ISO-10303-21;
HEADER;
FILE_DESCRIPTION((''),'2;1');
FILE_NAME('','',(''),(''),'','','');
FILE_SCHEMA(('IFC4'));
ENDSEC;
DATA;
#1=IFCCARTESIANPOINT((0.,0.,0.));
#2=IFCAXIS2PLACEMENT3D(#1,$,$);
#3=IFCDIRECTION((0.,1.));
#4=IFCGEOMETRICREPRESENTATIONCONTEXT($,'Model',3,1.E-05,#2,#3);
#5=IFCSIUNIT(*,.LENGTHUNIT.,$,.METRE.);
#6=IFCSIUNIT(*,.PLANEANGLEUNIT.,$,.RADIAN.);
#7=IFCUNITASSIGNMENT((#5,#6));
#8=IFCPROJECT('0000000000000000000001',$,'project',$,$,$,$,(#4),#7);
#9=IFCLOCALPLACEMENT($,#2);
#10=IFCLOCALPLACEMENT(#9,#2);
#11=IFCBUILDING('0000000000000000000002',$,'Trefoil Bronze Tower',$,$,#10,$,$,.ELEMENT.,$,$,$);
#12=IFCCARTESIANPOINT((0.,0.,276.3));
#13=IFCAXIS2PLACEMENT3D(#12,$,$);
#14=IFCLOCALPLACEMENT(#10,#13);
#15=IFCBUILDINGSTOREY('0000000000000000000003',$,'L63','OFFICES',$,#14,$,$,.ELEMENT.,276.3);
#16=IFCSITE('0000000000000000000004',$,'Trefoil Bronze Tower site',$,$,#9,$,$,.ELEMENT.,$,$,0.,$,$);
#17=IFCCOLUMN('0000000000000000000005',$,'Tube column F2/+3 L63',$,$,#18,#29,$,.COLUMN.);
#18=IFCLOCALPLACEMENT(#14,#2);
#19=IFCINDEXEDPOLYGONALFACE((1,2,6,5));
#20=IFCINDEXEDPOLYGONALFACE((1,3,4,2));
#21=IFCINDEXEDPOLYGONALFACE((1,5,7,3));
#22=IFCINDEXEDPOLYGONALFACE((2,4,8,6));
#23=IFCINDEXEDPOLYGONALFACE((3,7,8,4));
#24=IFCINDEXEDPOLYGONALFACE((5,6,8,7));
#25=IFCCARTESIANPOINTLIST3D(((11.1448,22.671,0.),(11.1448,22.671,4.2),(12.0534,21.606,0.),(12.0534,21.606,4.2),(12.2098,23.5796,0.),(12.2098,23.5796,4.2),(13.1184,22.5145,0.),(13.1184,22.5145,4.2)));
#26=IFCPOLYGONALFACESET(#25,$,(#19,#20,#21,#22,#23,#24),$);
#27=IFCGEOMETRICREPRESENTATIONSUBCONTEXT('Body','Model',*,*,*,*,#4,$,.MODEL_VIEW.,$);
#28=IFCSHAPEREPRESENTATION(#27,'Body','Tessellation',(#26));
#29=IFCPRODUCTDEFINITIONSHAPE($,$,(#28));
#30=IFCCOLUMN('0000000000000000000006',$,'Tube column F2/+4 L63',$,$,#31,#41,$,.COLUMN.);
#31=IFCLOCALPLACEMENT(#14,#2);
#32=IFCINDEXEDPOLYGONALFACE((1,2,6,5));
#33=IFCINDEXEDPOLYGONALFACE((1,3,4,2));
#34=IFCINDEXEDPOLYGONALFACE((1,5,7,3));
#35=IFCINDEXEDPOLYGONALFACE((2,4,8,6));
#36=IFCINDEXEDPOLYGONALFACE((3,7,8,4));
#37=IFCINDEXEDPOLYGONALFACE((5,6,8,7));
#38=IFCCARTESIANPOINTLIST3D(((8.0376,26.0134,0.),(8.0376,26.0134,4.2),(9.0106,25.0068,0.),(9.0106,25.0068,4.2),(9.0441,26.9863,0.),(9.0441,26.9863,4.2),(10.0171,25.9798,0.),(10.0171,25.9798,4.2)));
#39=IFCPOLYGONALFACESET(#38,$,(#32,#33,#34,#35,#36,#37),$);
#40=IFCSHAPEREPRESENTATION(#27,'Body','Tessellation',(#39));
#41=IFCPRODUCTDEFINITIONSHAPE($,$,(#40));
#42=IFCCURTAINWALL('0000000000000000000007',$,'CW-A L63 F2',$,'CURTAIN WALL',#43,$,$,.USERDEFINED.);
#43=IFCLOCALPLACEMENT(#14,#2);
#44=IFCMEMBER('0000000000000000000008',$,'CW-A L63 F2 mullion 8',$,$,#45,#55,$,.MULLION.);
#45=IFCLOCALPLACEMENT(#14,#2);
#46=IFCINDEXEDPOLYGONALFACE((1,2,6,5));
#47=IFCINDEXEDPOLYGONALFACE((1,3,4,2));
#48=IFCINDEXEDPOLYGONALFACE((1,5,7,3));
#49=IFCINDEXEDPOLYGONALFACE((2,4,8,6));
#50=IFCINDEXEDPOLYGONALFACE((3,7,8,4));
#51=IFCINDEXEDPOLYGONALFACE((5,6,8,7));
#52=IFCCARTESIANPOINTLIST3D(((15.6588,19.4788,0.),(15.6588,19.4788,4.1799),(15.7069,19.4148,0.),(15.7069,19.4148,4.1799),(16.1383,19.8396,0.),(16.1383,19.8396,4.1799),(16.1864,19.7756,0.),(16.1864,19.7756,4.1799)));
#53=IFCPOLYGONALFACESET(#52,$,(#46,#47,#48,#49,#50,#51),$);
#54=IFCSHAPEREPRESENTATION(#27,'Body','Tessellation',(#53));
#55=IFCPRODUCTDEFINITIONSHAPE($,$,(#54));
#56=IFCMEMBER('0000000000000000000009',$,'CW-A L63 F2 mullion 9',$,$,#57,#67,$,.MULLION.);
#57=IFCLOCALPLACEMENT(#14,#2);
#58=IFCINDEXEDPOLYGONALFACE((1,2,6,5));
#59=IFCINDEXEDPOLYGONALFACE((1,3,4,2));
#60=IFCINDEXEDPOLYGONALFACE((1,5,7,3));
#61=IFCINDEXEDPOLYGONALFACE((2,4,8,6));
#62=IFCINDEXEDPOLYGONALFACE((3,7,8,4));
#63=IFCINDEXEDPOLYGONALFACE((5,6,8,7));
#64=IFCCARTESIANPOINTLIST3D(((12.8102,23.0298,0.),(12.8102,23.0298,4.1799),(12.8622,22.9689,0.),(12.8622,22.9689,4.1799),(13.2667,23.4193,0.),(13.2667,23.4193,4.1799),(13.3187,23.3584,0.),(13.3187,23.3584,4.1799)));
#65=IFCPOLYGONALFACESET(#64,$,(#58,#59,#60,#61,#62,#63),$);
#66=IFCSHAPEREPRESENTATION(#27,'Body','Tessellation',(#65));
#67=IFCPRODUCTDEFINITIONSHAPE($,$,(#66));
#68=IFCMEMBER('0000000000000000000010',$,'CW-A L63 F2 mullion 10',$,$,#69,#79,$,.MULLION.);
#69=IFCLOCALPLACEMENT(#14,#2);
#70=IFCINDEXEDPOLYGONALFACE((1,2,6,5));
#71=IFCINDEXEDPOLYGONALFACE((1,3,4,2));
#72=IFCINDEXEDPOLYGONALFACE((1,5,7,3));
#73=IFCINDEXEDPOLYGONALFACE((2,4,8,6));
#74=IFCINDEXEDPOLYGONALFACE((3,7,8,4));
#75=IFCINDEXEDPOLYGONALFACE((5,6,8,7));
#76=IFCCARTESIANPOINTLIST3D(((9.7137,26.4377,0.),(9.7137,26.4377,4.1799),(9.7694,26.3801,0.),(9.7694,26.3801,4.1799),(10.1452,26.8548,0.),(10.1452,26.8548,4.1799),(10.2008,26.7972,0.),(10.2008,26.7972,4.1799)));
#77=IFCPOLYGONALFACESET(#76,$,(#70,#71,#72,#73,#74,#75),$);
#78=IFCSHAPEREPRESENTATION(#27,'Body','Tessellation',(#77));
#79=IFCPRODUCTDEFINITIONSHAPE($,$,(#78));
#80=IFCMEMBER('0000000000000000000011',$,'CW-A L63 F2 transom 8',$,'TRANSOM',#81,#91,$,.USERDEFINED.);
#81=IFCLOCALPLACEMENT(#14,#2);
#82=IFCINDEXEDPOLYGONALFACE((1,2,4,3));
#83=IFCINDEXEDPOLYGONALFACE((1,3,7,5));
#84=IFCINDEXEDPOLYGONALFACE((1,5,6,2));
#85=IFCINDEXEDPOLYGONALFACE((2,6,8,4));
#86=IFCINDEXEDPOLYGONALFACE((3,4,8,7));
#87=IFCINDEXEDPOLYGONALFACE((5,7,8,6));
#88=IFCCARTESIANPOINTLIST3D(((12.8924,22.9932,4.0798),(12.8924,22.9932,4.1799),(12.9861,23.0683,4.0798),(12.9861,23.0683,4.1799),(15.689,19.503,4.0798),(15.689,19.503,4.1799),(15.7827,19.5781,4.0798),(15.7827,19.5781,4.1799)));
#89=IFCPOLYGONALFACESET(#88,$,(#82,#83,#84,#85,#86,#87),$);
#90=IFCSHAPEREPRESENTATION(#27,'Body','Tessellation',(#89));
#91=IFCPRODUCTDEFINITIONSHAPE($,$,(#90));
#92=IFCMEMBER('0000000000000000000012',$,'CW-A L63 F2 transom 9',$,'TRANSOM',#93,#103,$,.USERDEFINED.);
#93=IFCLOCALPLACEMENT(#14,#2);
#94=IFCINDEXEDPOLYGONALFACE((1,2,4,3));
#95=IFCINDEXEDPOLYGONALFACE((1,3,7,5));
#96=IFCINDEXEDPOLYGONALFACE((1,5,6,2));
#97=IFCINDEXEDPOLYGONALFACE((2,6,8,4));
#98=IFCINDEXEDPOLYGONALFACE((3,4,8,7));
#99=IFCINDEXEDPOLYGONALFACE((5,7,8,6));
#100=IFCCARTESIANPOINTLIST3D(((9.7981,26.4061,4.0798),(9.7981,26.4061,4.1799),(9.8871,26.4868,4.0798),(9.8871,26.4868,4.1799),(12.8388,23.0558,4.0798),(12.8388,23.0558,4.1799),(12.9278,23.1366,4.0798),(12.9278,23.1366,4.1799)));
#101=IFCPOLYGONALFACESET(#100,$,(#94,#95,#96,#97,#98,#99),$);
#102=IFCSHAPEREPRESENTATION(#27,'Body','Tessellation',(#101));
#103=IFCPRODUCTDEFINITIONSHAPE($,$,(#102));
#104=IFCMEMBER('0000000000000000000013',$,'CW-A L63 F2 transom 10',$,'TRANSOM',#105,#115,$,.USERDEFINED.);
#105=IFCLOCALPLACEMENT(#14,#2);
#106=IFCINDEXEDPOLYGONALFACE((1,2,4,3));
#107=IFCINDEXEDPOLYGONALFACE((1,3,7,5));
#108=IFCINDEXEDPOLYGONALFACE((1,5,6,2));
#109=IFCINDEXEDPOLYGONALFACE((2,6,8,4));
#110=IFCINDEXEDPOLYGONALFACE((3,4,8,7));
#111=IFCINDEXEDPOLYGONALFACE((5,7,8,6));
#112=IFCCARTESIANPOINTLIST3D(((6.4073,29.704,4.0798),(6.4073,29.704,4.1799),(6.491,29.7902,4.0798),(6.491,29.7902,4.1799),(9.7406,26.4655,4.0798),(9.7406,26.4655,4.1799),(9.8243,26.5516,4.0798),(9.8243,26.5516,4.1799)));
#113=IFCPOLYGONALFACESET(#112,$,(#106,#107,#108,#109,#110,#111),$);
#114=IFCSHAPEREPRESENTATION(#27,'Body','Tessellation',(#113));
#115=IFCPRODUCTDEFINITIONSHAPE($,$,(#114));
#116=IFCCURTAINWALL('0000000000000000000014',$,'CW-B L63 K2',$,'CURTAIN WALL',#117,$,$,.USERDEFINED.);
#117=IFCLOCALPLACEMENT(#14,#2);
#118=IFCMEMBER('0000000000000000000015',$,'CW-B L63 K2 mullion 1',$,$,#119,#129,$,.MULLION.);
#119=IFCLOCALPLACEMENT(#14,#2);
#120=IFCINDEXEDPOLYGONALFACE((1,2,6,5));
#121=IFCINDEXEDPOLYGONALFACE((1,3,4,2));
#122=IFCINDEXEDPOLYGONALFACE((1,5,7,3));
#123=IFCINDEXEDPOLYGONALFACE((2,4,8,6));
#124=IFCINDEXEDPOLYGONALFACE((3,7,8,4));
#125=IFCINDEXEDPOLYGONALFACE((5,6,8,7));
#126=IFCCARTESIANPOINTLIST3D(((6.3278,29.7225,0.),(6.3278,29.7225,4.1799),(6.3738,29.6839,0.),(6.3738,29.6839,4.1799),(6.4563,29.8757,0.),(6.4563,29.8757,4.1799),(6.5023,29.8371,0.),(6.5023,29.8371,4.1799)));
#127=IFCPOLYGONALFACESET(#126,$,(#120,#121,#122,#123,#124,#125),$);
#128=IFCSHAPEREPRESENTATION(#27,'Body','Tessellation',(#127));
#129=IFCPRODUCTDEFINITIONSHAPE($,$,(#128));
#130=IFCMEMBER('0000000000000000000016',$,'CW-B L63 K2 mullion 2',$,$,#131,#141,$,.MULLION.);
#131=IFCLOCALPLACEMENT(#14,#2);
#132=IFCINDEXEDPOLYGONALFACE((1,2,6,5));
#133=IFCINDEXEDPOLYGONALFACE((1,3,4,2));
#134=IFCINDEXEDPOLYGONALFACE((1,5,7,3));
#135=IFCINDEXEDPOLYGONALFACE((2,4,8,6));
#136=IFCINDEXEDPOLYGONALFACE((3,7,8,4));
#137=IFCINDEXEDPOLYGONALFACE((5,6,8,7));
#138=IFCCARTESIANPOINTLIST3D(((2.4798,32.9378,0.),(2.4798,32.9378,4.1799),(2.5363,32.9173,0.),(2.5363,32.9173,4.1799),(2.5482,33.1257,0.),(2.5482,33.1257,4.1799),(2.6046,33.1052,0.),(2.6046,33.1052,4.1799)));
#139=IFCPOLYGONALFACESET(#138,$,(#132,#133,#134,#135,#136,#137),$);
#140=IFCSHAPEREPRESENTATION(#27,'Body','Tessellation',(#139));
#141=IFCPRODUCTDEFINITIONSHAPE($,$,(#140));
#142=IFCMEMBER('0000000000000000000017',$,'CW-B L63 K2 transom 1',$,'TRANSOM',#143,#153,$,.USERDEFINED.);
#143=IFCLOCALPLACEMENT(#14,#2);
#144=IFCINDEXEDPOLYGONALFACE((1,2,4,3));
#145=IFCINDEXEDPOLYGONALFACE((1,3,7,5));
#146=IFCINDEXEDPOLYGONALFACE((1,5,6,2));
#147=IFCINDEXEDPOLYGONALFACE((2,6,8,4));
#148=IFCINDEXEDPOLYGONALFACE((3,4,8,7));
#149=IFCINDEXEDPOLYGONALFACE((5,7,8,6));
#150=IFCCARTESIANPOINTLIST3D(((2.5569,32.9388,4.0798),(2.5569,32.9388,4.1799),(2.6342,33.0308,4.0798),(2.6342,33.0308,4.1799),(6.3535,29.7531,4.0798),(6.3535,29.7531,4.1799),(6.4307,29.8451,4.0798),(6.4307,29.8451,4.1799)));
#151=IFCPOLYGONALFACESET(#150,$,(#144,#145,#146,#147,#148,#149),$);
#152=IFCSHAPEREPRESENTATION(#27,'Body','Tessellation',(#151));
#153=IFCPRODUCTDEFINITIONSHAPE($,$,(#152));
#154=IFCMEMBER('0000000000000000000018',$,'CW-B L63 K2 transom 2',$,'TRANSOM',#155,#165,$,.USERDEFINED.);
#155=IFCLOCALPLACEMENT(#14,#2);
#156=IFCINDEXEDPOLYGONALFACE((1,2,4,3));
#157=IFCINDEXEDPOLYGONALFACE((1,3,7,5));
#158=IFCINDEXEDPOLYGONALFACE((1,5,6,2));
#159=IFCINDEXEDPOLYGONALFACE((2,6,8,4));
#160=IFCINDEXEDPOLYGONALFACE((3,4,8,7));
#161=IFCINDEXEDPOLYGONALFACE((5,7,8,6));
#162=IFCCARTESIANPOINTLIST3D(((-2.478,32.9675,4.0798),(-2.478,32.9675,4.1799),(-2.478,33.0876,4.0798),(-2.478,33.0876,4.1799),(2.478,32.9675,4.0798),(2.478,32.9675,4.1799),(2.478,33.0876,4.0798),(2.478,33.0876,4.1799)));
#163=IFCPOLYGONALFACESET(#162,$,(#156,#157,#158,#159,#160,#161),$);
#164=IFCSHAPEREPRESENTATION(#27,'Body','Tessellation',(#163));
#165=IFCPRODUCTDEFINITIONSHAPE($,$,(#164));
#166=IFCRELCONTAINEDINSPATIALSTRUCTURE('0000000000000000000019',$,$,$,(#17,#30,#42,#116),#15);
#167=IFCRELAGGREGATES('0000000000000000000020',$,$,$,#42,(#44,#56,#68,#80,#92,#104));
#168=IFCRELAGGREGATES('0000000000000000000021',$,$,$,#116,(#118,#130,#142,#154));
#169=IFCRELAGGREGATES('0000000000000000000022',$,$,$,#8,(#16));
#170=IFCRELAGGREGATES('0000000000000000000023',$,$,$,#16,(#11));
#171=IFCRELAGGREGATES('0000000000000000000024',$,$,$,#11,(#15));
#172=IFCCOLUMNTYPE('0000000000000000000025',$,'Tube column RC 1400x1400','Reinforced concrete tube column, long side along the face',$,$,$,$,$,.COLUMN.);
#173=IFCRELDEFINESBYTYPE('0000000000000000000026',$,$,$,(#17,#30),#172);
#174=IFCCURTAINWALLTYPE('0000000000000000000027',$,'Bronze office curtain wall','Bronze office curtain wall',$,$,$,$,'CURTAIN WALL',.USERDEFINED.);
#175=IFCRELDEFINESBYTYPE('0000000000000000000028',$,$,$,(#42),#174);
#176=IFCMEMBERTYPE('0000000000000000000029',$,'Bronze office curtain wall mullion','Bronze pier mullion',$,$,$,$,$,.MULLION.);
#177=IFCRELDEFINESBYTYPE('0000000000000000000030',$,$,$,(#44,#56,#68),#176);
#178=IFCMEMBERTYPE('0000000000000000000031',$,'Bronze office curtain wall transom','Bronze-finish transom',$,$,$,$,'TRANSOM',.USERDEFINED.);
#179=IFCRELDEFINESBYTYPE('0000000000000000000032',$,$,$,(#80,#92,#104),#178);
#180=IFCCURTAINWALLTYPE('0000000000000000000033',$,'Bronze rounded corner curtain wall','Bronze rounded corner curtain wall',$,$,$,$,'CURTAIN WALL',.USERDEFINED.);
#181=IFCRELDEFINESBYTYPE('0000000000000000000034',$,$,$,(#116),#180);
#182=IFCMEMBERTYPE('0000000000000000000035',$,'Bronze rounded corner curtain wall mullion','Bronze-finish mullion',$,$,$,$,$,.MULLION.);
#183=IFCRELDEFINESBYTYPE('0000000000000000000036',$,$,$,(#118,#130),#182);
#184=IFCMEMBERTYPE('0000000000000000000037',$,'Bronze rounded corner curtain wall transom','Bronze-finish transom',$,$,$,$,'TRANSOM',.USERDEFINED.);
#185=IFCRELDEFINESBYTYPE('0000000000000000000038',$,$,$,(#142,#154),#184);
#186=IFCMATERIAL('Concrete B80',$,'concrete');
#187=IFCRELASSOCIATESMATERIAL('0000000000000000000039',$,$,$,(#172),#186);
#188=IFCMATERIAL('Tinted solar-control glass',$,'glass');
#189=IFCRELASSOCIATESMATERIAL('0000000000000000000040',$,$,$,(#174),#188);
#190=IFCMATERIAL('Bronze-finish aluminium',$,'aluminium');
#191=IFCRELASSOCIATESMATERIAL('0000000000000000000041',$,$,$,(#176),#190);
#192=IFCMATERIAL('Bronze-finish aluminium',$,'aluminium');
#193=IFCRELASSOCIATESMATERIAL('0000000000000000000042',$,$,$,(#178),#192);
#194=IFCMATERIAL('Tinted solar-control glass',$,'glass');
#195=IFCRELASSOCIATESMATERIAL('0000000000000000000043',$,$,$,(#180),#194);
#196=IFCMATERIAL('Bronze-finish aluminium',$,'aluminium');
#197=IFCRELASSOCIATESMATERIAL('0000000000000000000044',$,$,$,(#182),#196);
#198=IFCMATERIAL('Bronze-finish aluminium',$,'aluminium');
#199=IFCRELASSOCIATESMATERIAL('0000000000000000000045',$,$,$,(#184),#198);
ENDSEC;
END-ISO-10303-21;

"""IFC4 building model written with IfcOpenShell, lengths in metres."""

from ifc_helpers import new_model, si_unit, direction, frame, origin, origin_2d, place, context, subcontext, project, spatial, rectangle, extrude, material, material_profile, profile_set, type_object, element, aggregate, save


model = new_model("IFC4")

# Units and contexts
model_context = context("Model", 3, precision=1e-05, world=origin(), true_north=direction((0.0, 1.0)))
body_context = subcontext(model_context, "Body", "Model", "MODEL_VIEW")
ifc_project = project(units=[si_unit("LENGTHUNIT", "METRE"), si_unit("PLANEANGLEUNIT", "RADIAN")], contexts=[model_context])

# Site, building, storey
site_placement = place(None, origin())
site = spatial("IfcSite", under=ifc_project, at=site_placement, Name="Trefoil Bronze Tower site", CompositionType="ELEMENT", RefElevation=0.0)
building_placement = place(site_placement, origin())
building = spatial("IfcBuilding", under=site, at=building_placement, Name="Trefoil Bronze Tower", CompositionType="ELEMENT")
storey_placement = place(building_placement, frame((0.0, 0.0, 276.3)))
storey = spatial("IfcBuildingStorey", under=building, at=storey_placement, Name="L63", Description="OFFICES", CompositionType="ELEMENT", Elevation=276.3)

# Columns
ifc_material_1 = material(Name="Concrete B80", Category="concrete")
ifc_material_profile_1 = material_profile(ifc_material_1, rectangle(XDim=1.3999, YDim=1.3999, at=origin_2d()), Name="RC 1400x1400")
ifc_profile_set_1 = profile_set([ifc_material_profile_1], Name="Concrete B80")
column_type = type_object("IfcColumnType", Name="Tube column RC 1400x1400", Description="Reinforced concrete tube column, long side along the face", PredefinedType="COLUMN", material=ifc_profile_set_1)
for number, where, z_axis, x_axis, name in (
    (1, (12.1316, 22.5928, 0.0), (0.0, 0.0, 1.0), (-0.649008, 0.760781, 0.0), "Tube column F2/+3 L63"),
    (2, (9.0273, 25.9966, 0.0), (0.0, 0.0, 1.0), (-0.695009, 0.719001, 0.0), "Tube column F2/+4 L63"),
):
    element("IfcColumn", number, at=place(storey_placement, frame(where, z_axis=z_axis, x_axis=x_axis)), inside=storey, type_object=column_type, Name=name, PredefinedType="COLUMN", context=body_context, shape_type="SweptSolid", body=[
        extrude(rectangle(XDim=1.3999, YDim=1.3999, at=origin_2d()), origin(), (0.0, 0.0, 1.0), 4.2),
    ])

# Curtain walls, members
ifc_material_2 = material(Name="Tinted solar-control glass", Category="glass")
curtain_wall_type_1 = type_object("IfcCurtainWallType", Name="Bronze office curtain wall", Description="Bronze office curtain wall", ElementType="CURTAIN WALL", PredefinedType="USERDEFINED", material=ifc_material_2)
curtain_wall_1_placement = place(storey_placement, origin())
curtain_wall_1 = element("IfcCurtainWall", 3, at=curtain_wall_1_placement, inside=storey, type_object=curtain_wall_type_1, Name="CW-A L63 F2", ObjectType="CURTAIN WALL", PredefinedType="USERDEFINED")
ifc_material_3 = material(Name="Bronze-finish aluminium", Category="aluminium")
ifc_material_profile_2 = material_profile(ifc_material_3, rectangle(XDim=0.6001, YDim=0.0801, at=origin_2d()), Name="CW-A mullion")
ifc_profile_set_2 = profile_set([ifc_material_profile_2], Name="Bronze-finish aluminium")
member_type_1 = type_object("IfcMemberType", Name="Bronze office curtain wall mullion", Description="Bronze pier mullion", PredefinedType="MULLION", material=ifc_profile_set_2)
member_1_placement = place(storey_placement, frame((15.9226, 19.6272, 0.0), z_axis=(0.0, 0.0, 1.0), x_axis=(-0.799096, -0.601203, 0.0)))
member_1 = element("IfcMember", 4, at=member_1_placement, type_object=member_type_1, Name="CW-A L63 F2 mullion 8", PredefinedType="MULLION", context=body_context, shape_type="SweptSolid", body=[
    extrude(rectangle(XDim=0.6001, YDim=0.0801, at=origin_2d()), origin(), (0.0, 0.0, 1.0), 4.1799),
])
member_2_placement = place(storey_placement, frame((13.0645, 23.1941, 0.0), z_axis=(0.0, 0.0, 1.0), x_axis=(-0.760781, -0.649008, 0.0)))
member_2 = element("IfcMember", 5, at=member_2_placement, type_object=member_type_1, Name="CW-A L63 F2 mullion 9", PredefinedType="MULLION", context=body_context, shape_type="SweptSolid", body=[
    extrude(rectangle(XDim=0.6001, YDim=0.0801, at=origin_2d()), origin(), (0.0, 0.0, 1.0), 4.1799),
])
member_3_placement = place(storey_placement, frame((9.9573, 26.6174, 0.0), z_axis=(0.0, 0.0, 1.0), x_axis=(-0.719001, -0.695009, 0.0)))
member_3 = element("IfcMember", 6, at=member_3_placement, type_object=member_type_1, Name="CW-A L63 F2 mullion 10", PredefinedType="MULLION", context=body_context, shape_type="SweptSolid", body=[
    extrude(rectangle(XDim=0.6001, YDim=0.0801, at=origin_2d()), origin(), (0.0, 0.0, 1.0), 4.1799),
])
ifc_material_4 = material(Name="Bronze-finish aluminium", Category="aluminium")
ifc_material_profile_3 = material_profile(ifc_material_4, rectangle(XDim=0.1201, YDim=0.1001, at=origin_2d()), Name="CW-A transom")
ifc_profile_set_3 = profile_set([ifc_material_profile_3], Name="Bronze-finish aluminium")
member_type_2 = type_object("IfcMemberType", Name="Bronze office curtain wall transom", Description="Bronze-finish transom", ElementType="TRANSOM", PredefinedType="USERDEFINED", material=ifc_profile_set_3)
member_4_placement = place(storey_placement, frame((15.7358, 19.5405, 4.1299), z_axis=(-0.625301, 0.780384, 0.0), x_axis=(-0.780384, -0.625301, 0.0)))
member_4 = element("IfcMember", 7, at=member_4_placement, type_object=member_type_2, Name="CW-A L63 F2 transom 8", ObjectType="TRANSOM", PredefinedType="USERDEFINED", context=body_context, shape_type="SweptSolid", body=[
    extrude(rectangle(XDim=0.1201, YDim=0.1001, at=origin_2d()), origin(), (0.0, 0.0, 1.0), 4.4724),
])
member_5_placement = place(storey_placement, frame((12.8833, 23.0962, 4.1299), z_axis=(-0.672068, 0.740489, 0.0), x_axis=(-0.740489, -0.672068, 0.0)))
member_5 = element("IfcMember", 8, at=member_5_placement, type_object=member_type_2, Name="CW-A L63 F2 transom 9", ObjectType="TRANSOM", PredefinedType="USERDEFINED", context=body_context, shape_type="SweptSolid", body=[
    extrude(rectangle(XDim=0.1201, YDim=0.1001, at=origin_2d()), origin(), (0.0, 0.0, 1.0), 4.5244),
])
member_6_placement = place(storey_placement, frame((9.7825, 26.5085, 4.1299), z_axis=(-0.717225, 0.696842, 0.0), x_axis=(-0.696842, -0.717225, 0.0)))
member_6 = element("IfcMember", 9, at=member_6_placement, type_object=member_type_2, Name="CW-A L63 F2 transom 10", ObjectType="TRANSOM", PredefinedType="USERDEFINED", context=body_context, shape_type="SweptSolid", body=[
    extrude(rectangle(XDim=0.1201, YDim=0.1001, at=origin_2d()), origin(), (0.0, 0.0, 1.0), 4.6475),
])
ifc_material_5 = material(Name="Tinted solar-control glass", Category="glass")
curtain_wall_type_2 = type_object("IfcCurtainWallType", Name="Bronze rounded corner curtain wall", Description="Bronze rounded corner curtain wall", ElementType="CURTAIN WALL", PredefinedType="USERDEFINED", material=ifc_material_5)
curtain_wall_2_placement = place(storey_placement, origin())
curtain_wall_2 = element("IfcCurtainWall", 10, at=curtain_wall_2_placement, inside=storey, type_object=curtain_wall_type_2, Name="CW-B L63 K2", ObjectType="CURTAIN WALL", PredefinedType="USERDEFINED")
ifc_material_6 = material(Name="Bronze-finish aluminium", Category="aluminium")
ifc_material_profile_4 = material_profile(ifc_material_6, rectangle(XDim=0.2, YDim=0.0601, at=origin_2d()), Name="CW-B mullion")
ifc_profile_set_4 = profile_set([ifc_material_profile_4], Name="Bronze-finish aluminium")
member_type_3 = type_object("IfcMemberType", Name="Bronze rounded corner curtain wall mullion", Description="Bronze-finish mullion", PredefinedType="MULLION", material=ifc_profile_set_4)
member_7_placement = place(storey_placement, frame((6.415, 29.7798, 0.0), z_axis=(0.0, 0.0, 1.0), x_axis=(-0.642788, -0.766044, 0.0)))
member_7 = element("IfcMember", 11, at=member_7_placement, type_object=member_type_3, Name="CW-B L63 K2 mullion 1", PredefinedType="MULLION", context=body_context, shape_type="SweptSolid", body=[
    extrude(rectangle(XDim=0.2, YDim=0.0601, at=origin_2d()), origin(), (0.0, 0.0, 1.0), 4.1799),
])
member_8_placement = place(storey_placement, frame((2.5422, 33.0215, 0.0), z_axis=(0.0, 0.0, 1.0), x_axis=(-0.34202, -0.939693, 0.0)))
member_8 = element("IfcMember", 12, at=member_8_placement, type_object=member_type_3, Name="CW-B L63 K2 mullion 2", PredefinedType="MULLION", context=body_context, shape_type="SweptSolid", body=[
    extrude(rectangle(XDim=0.2, YDim=0.0601, at=origin_2d()), origin(), (0.0, 0.0, 1.0), 4.1799),
])
ifc_material_7 = material(Name="Bronze-finish aluminium", Category="aluminium")
ifc_material_profile_5 = material_profile(ifc_material_7, rectangle(XDim=0.1201, YDim=0.1001, at=origin_2d()), Name="CW-B transom")
ifc_profile_set_5 = profile_set([ifc_material_profile_5], Name="Bronze-finish aluminium")
member_type_4 = type_object("IfcMemberType", Name="Bronze rounded corner curtain wall transom", Description="Bronze-finish transom", ElementType="TRANSOM", PredefinedType="USERDEFINED", material=ifc_profile_set_5)
member_9_placement = place(storey_placement, frame((6.3921, 29.7991, 4.1299), z_axis=(-0.766041, 0.642792, 0.0), x_axis=(-0.642792, -0.766041, 0.0)))
member_9 = element("IfcMember", 13, at=member_9_placement, type_object=member_type_4, Name="CW-B L63 K2 transom 1", ObjectType="TRANSOM", PredefinedType="USERDEFINED", context=body_context, shape_type="SweptSolid", body=[
    extrude(rectangle(XDim=0.1201, YDim=0.1001, at=origin_2d()), origin(), (0.0, 0.0, 1.0), 4.9561),
])
member_10_placement = place(storey_placement, frame((2.478, 33.0276, 4.1299), z_axis=(-1.0, 0.0, 0.0), x_axis=(0.0, -1.0, 0.0)))
member_10 = element("IfcMember", 14, at=member_10_placement, type_object=member_type_4, Name="CW-B L63 K2 transom 2", ObjectType="TRANSOM", PredefinedType="USERDEFINED", context=body_context, shape_type="SweptSolid", body=[
    extrude(rectangle(XDim=0.1201, YDim=0.1001, at=origin_2d()), origin(), (0.0, 0.0, 1.0), 4.9561),
])

aggregate(curtain_wall_1, [member_1, member_2, member_3, member_4, member_5, member_6])
aggregate(curtain_wall_2, [member_7, member_8, member_9, member_10])

save(model, "model.ifc")
